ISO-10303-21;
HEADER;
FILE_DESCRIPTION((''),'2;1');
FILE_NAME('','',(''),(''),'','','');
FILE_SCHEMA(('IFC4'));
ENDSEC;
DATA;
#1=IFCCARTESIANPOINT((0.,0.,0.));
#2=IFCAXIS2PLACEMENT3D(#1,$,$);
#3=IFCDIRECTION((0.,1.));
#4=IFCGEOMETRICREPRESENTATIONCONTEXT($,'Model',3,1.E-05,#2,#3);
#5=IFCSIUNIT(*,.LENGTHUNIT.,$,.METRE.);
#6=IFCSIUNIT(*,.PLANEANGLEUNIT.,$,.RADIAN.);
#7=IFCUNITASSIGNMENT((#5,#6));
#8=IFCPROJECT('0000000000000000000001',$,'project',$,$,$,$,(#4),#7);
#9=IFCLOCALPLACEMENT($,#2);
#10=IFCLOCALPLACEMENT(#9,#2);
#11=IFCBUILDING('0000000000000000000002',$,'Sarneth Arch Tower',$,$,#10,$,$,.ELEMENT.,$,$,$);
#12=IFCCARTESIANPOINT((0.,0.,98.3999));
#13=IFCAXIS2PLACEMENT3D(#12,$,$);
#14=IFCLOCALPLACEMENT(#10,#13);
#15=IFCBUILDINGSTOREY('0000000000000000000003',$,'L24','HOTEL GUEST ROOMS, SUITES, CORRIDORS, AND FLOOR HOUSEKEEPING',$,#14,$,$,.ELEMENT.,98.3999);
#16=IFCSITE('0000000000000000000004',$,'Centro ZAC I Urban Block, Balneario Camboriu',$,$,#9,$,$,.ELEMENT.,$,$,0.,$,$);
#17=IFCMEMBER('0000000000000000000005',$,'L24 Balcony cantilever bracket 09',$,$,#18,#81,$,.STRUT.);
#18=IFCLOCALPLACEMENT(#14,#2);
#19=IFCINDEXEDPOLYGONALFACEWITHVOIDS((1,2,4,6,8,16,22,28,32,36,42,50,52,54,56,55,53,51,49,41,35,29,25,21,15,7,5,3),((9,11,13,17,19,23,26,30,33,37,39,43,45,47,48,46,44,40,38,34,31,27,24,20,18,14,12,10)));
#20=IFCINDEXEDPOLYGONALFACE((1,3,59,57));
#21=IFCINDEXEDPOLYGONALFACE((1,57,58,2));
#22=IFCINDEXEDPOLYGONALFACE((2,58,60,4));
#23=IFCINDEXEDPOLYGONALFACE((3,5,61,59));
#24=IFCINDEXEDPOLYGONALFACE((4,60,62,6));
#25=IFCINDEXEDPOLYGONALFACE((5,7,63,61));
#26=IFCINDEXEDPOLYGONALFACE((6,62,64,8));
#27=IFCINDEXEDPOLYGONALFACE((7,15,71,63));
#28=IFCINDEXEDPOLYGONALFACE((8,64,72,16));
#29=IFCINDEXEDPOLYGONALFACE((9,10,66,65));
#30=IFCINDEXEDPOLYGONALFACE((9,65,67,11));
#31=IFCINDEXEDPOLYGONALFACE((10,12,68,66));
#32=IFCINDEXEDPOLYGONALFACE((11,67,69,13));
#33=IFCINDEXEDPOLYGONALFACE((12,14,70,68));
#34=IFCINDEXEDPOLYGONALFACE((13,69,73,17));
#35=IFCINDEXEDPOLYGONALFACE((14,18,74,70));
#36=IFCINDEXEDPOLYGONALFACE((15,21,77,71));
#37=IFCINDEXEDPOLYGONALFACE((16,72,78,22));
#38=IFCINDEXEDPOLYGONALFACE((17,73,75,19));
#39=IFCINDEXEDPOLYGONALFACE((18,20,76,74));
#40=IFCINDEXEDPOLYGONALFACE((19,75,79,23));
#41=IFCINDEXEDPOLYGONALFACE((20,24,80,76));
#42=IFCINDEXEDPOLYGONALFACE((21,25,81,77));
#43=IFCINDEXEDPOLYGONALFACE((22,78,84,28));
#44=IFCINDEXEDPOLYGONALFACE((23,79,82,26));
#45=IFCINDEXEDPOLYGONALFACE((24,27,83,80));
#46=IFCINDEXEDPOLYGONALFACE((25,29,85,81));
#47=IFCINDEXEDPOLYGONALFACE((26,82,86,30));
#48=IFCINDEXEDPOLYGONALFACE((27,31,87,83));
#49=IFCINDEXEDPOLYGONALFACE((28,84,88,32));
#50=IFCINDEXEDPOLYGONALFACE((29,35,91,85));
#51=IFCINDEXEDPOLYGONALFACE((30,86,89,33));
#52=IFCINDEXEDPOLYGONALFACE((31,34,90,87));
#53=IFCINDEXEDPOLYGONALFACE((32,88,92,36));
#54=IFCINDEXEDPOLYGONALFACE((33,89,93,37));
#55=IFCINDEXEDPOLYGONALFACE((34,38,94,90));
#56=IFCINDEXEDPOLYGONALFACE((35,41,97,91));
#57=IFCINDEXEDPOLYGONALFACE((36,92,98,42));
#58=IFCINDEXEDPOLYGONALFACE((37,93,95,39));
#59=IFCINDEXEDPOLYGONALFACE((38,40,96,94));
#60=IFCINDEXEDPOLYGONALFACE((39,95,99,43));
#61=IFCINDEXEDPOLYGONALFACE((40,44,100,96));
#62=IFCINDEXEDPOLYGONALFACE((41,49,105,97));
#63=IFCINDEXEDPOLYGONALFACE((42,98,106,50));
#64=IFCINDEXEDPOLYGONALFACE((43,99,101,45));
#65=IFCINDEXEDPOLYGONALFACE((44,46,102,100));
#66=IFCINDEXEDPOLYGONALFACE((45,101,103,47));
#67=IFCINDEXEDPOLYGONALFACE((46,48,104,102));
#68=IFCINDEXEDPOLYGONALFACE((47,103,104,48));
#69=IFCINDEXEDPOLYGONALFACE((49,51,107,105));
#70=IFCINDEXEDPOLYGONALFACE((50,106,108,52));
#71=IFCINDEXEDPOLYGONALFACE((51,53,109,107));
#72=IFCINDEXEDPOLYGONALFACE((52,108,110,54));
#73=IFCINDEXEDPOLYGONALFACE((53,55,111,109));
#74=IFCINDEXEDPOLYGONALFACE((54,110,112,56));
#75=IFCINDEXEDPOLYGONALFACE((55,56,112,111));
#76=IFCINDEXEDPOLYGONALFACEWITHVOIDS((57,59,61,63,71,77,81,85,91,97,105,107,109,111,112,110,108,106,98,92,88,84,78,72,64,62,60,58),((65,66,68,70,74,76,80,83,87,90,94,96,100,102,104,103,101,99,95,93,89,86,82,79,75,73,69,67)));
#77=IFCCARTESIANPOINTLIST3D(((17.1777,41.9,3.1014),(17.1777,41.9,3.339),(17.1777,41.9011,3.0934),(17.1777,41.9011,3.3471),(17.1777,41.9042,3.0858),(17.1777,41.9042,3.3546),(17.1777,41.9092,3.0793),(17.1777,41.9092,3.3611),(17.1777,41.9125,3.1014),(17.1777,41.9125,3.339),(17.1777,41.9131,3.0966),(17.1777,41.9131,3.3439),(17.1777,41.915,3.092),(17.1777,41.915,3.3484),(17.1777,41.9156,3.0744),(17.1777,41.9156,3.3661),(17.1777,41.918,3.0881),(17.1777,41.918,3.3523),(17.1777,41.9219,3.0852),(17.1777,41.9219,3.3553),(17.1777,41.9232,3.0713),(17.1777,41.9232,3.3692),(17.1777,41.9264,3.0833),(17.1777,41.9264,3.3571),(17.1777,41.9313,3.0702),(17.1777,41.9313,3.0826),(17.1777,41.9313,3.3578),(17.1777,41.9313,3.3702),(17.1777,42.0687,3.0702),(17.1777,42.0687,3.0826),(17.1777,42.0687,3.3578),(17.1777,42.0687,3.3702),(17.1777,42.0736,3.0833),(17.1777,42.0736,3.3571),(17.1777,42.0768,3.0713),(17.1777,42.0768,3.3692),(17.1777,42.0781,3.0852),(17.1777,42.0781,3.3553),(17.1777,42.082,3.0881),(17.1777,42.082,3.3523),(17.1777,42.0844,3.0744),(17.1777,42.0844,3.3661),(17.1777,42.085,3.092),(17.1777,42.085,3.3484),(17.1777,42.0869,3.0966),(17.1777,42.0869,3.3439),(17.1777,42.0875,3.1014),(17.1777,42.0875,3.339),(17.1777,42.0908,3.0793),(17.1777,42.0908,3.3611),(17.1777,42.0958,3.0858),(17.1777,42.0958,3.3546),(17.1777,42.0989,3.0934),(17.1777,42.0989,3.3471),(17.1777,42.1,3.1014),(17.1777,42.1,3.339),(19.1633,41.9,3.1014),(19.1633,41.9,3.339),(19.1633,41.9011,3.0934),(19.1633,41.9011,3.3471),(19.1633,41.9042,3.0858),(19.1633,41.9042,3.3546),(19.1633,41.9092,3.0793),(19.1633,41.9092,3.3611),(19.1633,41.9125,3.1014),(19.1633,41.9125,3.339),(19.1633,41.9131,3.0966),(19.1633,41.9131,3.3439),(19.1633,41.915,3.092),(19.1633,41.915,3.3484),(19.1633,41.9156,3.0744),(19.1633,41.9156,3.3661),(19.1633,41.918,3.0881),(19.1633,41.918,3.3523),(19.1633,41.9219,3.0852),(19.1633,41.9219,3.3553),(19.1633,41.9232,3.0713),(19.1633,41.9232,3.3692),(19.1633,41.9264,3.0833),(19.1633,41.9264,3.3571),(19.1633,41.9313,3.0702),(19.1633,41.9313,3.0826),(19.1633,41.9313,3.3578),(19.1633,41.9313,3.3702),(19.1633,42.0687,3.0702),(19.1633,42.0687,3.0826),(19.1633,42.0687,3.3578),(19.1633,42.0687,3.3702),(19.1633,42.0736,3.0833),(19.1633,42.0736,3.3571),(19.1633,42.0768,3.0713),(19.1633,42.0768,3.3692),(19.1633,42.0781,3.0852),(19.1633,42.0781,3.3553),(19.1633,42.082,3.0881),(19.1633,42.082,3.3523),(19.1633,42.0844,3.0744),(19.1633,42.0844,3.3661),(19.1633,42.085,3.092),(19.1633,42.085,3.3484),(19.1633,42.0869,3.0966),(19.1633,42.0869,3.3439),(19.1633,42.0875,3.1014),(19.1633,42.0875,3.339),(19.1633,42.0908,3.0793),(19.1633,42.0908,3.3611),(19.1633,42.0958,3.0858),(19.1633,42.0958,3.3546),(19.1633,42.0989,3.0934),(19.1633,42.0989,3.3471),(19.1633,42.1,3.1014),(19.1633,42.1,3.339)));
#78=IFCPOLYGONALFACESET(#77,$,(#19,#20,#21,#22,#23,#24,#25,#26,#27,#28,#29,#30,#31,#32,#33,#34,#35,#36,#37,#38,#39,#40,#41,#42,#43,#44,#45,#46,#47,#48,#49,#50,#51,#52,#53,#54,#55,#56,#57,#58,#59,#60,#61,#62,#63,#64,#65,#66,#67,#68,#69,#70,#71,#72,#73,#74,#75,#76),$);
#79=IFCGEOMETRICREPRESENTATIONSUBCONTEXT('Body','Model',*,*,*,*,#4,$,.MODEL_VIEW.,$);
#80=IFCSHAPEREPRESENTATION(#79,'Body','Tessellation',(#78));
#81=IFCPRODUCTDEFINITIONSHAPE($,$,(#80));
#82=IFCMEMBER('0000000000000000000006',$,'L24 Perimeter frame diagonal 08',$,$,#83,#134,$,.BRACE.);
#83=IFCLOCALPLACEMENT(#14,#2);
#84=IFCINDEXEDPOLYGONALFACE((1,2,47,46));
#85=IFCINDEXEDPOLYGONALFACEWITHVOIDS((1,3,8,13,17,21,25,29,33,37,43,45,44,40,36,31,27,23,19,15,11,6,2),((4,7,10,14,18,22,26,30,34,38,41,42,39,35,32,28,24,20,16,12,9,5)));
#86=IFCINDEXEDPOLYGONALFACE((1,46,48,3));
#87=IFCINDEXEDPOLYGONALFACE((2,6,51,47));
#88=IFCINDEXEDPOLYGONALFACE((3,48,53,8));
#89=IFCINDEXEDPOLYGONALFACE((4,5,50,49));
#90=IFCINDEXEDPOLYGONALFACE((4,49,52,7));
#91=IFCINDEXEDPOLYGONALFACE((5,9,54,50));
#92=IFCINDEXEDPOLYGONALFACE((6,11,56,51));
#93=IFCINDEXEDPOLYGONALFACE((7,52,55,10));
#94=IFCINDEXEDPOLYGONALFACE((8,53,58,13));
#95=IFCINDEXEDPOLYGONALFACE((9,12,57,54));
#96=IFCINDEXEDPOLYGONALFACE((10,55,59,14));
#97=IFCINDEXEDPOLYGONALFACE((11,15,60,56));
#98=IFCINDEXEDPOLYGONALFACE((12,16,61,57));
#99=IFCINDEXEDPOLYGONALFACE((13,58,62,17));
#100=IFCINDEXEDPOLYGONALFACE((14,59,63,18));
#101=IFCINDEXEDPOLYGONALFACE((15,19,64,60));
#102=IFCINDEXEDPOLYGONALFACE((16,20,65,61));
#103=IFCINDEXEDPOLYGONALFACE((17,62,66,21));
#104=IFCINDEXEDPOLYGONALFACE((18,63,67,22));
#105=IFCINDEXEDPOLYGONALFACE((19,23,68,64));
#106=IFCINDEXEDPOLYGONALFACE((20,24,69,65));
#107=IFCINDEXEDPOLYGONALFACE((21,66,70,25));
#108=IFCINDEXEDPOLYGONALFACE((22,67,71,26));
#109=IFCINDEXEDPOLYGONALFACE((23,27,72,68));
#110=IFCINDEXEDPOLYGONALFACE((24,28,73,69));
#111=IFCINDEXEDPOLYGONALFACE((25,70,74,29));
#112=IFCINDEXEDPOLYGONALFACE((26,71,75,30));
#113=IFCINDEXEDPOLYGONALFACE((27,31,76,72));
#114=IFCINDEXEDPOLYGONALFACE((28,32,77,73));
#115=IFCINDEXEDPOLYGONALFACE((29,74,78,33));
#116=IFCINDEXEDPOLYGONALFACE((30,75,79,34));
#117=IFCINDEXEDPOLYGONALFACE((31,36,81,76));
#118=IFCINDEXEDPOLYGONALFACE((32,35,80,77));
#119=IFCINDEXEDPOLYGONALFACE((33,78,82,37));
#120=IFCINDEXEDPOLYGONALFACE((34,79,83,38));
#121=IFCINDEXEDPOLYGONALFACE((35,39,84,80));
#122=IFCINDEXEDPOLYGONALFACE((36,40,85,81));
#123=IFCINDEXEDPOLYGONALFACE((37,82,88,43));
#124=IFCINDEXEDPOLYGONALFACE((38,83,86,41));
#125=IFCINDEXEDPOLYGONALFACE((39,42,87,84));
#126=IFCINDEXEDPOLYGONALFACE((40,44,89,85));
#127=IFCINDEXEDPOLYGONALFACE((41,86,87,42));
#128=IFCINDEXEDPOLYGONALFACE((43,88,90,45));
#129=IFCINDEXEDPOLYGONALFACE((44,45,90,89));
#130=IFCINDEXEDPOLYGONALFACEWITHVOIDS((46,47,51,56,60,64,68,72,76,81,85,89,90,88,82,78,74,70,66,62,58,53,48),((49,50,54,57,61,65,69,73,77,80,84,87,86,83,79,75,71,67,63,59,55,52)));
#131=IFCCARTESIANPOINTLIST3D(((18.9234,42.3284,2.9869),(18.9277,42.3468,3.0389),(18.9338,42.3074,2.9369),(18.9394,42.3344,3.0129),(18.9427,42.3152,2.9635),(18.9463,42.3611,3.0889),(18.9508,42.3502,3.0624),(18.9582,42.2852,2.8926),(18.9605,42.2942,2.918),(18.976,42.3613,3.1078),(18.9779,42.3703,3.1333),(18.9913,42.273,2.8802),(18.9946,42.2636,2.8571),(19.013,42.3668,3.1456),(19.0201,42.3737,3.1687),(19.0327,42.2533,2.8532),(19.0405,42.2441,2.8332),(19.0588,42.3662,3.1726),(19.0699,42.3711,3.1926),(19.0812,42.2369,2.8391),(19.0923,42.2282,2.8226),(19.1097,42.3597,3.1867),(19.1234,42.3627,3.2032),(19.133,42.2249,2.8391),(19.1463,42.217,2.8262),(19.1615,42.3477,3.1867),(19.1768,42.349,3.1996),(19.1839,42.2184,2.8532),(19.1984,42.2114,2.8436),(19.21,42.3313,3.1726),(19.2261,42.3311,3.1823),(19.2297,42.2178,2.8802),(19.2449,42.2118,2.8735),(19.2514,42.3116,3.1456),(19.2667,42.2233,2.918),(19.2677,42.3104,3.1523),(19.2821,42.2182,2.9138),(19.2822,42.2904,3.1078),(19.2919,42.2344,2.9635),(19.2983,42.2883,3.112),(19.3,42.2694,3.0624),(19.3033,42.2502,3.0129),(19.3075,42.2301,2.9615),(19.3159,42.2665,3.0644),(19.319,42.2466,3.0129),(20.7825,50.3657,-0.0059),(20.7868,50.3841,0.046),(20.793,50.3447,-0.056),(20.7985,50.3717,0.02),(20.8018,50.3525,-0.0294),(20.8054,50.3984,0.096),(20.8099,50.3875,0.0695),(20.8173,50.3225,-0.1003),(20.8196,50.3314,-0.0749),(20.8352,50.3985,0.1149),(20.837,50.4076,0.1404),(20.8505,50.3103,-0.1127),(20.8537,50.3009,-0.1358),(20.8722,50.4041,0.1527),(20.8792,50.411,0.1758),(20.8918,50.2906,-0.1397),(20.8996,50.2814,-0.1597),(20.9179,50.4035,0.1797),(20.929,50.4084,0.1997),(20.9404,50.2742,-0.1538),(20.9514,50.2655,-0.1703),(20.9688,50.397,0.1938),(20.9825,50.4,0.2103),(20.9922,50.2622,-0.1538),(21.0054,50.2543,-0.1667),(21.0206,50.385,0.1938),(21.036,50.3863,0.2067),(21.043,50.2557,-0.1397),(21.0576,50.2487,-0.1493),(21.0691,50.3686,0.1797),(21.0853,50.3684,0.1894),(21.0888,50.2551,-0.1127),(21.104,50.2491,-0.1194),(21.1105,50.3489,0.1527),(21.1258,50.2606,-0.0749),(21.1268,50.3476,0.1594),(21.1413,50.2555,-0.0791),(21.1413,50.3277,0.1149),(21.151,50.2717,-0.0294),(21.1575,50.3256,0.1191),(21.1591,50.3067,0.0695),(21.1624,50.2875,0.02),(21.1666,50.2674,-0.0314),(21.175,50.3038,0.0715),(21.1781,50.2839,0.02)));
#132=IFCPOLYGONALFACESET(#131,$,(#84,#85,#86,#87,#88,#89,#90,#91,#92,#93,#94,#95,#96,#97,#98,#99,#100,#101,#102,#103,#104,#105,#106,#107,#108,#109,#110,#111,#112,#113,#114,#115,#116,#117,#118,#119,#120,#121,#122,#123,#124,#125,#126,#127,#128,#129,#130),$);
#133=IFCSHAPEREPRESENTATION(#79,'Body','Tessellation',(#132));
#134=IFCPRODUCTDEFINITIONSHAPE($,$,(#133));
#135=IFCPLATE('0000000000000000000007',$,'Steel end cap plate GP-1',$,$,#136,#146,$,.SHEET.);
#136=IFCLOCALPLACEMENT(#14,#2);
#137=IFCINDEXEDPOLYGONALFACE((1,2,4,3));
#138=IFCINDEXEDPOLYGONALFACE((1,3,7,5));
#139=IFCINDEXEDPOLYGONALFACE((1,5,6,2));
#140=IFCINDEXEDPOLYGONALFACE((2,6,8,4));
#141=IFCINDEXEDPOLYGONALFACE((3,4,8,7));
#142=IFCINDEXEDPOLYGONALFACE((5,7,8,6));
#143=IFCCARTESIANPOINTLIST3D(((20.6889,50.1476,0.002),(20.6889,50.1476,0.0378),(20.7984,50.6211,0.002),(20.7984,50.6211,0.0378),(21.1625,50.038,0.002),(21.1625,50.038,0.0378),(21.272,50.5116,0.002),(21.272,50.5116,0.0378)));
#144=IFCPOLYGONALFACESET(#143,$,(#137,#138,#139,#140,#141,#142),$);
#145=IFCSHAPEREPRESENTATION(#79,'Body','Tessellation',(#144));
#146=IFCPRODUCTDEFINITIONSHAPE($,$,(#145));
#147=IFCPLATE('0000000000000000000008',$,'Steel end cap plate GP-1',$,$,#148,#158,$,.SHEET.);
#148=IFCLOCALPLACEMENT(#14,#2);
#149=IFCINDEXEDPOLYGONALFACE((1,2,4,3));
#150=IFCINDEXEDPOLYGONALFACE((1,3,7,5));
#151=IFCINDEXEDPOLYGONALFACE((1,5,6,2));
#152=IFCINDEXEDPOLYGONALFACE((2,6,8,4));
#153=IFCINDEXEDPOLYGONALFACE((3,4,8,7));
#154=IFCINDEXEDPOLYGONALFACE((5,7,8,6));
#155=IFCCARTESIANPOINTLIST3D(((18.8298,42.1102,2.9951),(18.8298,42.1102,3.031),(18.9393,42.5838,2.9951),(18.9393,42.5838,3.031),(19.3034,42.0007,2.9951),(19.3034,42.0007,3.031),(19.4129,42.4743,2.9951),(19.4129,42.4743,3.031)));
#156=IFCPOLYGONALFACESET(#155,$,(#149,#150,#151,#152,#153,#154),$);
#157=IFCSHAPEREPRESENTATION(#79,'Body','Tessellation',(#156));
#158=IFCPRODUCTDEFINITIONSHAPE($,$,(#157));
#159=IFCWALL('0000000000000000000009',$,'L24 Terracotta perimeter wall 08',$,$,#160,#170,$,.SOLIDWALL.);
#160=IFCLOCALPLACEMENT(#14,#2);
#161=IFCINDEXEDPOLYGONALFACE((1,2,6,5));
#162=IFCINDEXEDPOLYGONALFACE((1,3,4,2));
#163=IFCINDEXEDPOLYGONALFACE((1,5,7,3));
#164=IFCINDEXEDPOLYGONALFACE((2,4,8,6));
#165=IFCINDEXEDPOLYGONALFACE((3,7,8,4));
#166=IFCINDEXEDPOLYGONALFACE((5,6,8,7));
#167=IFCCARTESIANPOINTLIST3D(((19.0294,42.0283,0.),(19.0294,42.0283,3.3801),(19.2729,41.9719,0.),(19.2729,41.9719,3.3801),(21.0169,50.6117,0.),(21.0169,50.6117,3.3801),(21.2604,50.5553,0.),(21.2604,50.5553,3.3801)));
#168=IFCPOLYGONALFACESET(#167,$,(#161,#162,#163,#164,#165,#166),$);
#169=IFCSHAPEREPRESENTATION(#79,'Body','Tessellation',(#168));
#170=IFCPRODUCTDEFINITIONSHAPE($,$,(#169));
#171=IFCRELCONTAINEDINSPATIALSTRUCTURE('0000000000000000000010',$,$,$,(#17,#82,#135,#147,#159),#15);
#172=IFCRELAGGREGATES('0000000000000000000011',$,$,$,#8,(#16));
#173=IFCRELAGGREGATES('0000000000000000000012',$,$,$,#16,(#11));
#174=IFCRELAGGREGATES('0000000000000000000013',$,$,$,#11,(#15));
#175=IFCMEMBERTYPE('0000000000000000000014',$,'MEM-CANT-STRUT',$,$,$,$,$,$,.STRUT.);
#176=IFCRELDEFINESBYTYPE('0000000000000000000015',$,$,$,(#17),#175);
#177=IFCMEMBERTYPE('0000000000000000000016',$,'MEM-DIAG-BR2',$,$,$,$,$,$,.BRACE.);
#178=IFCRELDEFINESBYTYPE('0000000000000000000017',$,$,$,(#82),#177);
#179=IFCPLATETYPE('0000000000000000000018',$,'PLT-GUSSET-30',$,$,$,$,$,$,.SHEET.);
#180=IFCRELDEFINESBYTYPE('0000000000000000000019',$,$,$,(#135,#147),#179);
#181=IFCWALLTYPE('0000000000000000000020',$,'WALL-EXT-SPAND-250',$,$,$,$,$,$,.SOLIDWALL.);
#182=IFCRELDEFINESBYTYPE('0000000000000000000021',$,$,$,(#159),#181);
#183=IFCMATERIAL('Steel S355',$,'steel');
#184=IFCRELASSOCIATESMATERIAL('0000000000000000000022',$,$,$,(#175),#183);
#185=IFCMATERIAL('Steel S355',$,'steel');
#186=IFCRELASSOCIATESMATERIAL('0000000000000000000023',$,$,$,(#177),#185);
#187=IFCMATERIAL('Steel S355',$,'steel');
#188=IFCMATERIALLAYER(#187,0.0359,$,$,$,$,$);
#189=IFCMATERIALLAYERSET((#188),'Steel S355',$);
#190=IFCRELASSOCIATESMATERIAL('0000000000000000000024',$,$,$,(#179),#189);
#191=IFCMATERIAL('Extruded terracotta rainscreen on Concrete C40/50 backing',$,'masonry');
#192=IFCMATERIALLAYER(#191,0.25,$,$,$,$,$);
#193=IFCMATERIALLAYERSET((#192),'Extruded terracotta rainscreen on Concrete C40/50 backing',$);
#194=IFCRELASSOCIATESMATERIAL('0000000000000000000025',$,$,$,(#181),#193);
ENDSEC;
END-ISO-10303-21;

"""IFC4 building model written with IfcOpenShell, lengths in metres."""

from ifc_helpers import new_model, si_unit, direction, frame, frame_2d, origin, origin_2d, place, context, subcontext, project, spatial, rectangle, hollow_rectangle, hollow_circle, extrude, material, layer, layer_set, material_profile, profile_set, type_object, element, save


model = new_model("IFC4")

# Units and contexts
model_context = context("Model", 3, precision=1e-05, world=origin(), true_north=direction((0.0, 1.0)))
body_context = subcontext(model_context, "Body", "Model", "MODEL_VIEW")
ifc_project = project(units=[si_unit("LENGTHUNIT", "METRE"), si_unit("PLANEANGLEUNIT", "RADIAN")], contexts=[model_context])

# Site, building, storey
site_placement = place(None, origin())
site = spatial("IfcSite", under=ifc_project, at=site_placement, Name="Centro ZAC I Urban Block, Balneario Camboriu", CompositionType="ELEMENT", RefElevation=0.0)
building_placement = place(site_placement, origin())
building = spatial("IfcBuilding", under=site, at=building_placement, Name="Sarneth Arch Tower", CompositionType="ELEMENT")
storey_placement = place(building_placement, frame((0.0, 0.0, 98.3999)))
storey = spatial("IfcBuildingStorey", under=building, at=storey_placement, Name="L24", Description="HOTEL GUEST ROOMS, SUITES, CORRIDORS, AND FLOOR HOUSEKEEPING", CompositionType="ELEMENT", Elevation=98.3999)

# Members
ifc_material_1 = material(Name="Steel S355", Category="steel")
ifc_material_profile_1 = material_profile(ifc_material_1, hollow_rectangle(XDim=0.2, YDim=0.3, WallThickness=0.0125, InnerFilletRadius=0.0188, OuterFilletRadius=0.0312, at=origin_2d()), Name="RHS300x200x12.5")
ifc_profile_set_1 = profile_set([ifc_material_profile_1], Name="Steel S355")
member_type_1 = type_object("IfcMemberType", Name="MEM-CANT-STRUT", PredefinedType="STRUT", material=ifc_profile_set_1)
member_1_placement = place(storey_placement, frame((19.1633, 42.0, 3.2202), z_axis=(-1.0, 0.0, 0.0), x_axis=(0.0, -1.0, 0.0)))
element("IfcMember", 1, at=member_1_placement, inside=storey, type_object=member_type_1, Name="L24 Balcony cantilever bracket 09", PredefinedType="STRUT", context=body_context, shape_type="SweptSolid", body=[
    extrude(hollow_rectangle(XDim=0.2, YDim=0.3, WallThickness=0.0125, InnerFilletRadius=0.0188, OuterFilletRadius=0.0312, at=origin_2d()), origin(), (0.0, 0.0, 1.0), 1.9856),
])
ifc_material_2 = material(Name="Steel S355", Category="steel")
ifc_material_profile_2 = material_profile(ifc_material_2, hollow_circle(Radius=0.2029, WallThickness=0.0161, at=origin_2d()), Name="CHS406x16")
ifc_profile_set_2 = profile_set([ifc_material_profile_2], Name="Steel S355")
member_type_2 = type_object("IfcMemberType", Name="MEM-DIAG-BR2", PredefinedType="BRACE", material=ifc_profile_set_2)
member_2_placement = place(storey_placement, frame((20.9805, 50.3296, 0.02), z_axis=(-0.21185, -0.915864, 0.341046), x_axis=(0.974275, -0.225361, 0.0)))
element("IfcMember", 2, at=member_2_placement, inside=storey, type_object=member_type_2, Name="L24 Perimeter frame diagonal 08", PredefinedType="BRACE", context=body_context, shape_type="SweptSolid", body=[
    extrude(hollow_circle(Radius=0.2029, WallThickness=0.0161, at=origin_2d()), origin(), (0.0, 0.0, 1.0), 8.7756),
])

# Plates
ifc_material_3 = material(Name="Steel S355", Category="steel")
ifc_layer_1 = layer(ifc_material_3, 0.0359)
ifc_layer_set_1 = layer_set([ifc_layer_1], Name="Steel S355")
plate_type = type_object("IfcPlateType", Name="PLT-GUSSET-30", PredefinedType="SHEET", material=ifc_layer_set_1)
for number, where, z_axis, x_axis, name in (
    (3, (20.9805, 50.3296, 0.002), (0.0, 0.0, 1.0), (-0.225291, -0.974291, 0.0), "Steel end cap plate GP-1"),
    (4, (19.1213, 42.2922, 2.9951), (0.0, 0.0, 1.0), (-0.225291, -0.974291, 0.0), "Steel end cap plate GP-1"),
):
    element("IfcPlate", number, at=place(storey_placement, frame(where, z_axis=z_axis, x_axis=x_axis)), inside=storey, type_object=plate_type, Name=name, PredefinedType="SHEET", context=body_context, shape_type="SweptSolid", body=[
        extrude(rectangle(XDim=0.4861, YDim=0.4861, at=origin_2d()), origin(), (0.0, 0.0, 1.0), 0.0359),
    ])

# Wall
ifc_material_4 = material(Name="Extruded terracotta rainscreen on Concrete C40/50 backing", Category="masonry")
ifc_layer_2 = layer(ifc_material_4, 0.25)
ifc_layer_set_2 = layer_set([ifc_layer_2], Name="Extruded terracotta rainscreen on Concrete C40/50 backing")
wall_type_1 = type_object("IfcWallType", Name="WALL-EXT-SPAND-250", PredefinedType="SOLIDWALL", material=ifc_layer_set_2)
wall_1_placement = place(storey_placement, frame((21.1387, 50.5835, 0.0), z_axis=(0.0, 0.0, 1.0), x_axis=(-0.225586, -0.974223, 0.0)))
element("IfcWall", 5, at=wall_1_placement, inside=storey, type_object=wall_type_1, Name="L24 Terracotta perimeter wall 08", PredefinedType="SOLIDWALL", context=body_context, shape_type="SweptSolid", body=[
    extrude(rectangle(XDim=8.8105, YDim=0.25, at=frame_2d((4.4053, 0.0))), origin(), (0.0, 0.0, 1.0), 3.3801),
])

save(model, "model.ifc")
